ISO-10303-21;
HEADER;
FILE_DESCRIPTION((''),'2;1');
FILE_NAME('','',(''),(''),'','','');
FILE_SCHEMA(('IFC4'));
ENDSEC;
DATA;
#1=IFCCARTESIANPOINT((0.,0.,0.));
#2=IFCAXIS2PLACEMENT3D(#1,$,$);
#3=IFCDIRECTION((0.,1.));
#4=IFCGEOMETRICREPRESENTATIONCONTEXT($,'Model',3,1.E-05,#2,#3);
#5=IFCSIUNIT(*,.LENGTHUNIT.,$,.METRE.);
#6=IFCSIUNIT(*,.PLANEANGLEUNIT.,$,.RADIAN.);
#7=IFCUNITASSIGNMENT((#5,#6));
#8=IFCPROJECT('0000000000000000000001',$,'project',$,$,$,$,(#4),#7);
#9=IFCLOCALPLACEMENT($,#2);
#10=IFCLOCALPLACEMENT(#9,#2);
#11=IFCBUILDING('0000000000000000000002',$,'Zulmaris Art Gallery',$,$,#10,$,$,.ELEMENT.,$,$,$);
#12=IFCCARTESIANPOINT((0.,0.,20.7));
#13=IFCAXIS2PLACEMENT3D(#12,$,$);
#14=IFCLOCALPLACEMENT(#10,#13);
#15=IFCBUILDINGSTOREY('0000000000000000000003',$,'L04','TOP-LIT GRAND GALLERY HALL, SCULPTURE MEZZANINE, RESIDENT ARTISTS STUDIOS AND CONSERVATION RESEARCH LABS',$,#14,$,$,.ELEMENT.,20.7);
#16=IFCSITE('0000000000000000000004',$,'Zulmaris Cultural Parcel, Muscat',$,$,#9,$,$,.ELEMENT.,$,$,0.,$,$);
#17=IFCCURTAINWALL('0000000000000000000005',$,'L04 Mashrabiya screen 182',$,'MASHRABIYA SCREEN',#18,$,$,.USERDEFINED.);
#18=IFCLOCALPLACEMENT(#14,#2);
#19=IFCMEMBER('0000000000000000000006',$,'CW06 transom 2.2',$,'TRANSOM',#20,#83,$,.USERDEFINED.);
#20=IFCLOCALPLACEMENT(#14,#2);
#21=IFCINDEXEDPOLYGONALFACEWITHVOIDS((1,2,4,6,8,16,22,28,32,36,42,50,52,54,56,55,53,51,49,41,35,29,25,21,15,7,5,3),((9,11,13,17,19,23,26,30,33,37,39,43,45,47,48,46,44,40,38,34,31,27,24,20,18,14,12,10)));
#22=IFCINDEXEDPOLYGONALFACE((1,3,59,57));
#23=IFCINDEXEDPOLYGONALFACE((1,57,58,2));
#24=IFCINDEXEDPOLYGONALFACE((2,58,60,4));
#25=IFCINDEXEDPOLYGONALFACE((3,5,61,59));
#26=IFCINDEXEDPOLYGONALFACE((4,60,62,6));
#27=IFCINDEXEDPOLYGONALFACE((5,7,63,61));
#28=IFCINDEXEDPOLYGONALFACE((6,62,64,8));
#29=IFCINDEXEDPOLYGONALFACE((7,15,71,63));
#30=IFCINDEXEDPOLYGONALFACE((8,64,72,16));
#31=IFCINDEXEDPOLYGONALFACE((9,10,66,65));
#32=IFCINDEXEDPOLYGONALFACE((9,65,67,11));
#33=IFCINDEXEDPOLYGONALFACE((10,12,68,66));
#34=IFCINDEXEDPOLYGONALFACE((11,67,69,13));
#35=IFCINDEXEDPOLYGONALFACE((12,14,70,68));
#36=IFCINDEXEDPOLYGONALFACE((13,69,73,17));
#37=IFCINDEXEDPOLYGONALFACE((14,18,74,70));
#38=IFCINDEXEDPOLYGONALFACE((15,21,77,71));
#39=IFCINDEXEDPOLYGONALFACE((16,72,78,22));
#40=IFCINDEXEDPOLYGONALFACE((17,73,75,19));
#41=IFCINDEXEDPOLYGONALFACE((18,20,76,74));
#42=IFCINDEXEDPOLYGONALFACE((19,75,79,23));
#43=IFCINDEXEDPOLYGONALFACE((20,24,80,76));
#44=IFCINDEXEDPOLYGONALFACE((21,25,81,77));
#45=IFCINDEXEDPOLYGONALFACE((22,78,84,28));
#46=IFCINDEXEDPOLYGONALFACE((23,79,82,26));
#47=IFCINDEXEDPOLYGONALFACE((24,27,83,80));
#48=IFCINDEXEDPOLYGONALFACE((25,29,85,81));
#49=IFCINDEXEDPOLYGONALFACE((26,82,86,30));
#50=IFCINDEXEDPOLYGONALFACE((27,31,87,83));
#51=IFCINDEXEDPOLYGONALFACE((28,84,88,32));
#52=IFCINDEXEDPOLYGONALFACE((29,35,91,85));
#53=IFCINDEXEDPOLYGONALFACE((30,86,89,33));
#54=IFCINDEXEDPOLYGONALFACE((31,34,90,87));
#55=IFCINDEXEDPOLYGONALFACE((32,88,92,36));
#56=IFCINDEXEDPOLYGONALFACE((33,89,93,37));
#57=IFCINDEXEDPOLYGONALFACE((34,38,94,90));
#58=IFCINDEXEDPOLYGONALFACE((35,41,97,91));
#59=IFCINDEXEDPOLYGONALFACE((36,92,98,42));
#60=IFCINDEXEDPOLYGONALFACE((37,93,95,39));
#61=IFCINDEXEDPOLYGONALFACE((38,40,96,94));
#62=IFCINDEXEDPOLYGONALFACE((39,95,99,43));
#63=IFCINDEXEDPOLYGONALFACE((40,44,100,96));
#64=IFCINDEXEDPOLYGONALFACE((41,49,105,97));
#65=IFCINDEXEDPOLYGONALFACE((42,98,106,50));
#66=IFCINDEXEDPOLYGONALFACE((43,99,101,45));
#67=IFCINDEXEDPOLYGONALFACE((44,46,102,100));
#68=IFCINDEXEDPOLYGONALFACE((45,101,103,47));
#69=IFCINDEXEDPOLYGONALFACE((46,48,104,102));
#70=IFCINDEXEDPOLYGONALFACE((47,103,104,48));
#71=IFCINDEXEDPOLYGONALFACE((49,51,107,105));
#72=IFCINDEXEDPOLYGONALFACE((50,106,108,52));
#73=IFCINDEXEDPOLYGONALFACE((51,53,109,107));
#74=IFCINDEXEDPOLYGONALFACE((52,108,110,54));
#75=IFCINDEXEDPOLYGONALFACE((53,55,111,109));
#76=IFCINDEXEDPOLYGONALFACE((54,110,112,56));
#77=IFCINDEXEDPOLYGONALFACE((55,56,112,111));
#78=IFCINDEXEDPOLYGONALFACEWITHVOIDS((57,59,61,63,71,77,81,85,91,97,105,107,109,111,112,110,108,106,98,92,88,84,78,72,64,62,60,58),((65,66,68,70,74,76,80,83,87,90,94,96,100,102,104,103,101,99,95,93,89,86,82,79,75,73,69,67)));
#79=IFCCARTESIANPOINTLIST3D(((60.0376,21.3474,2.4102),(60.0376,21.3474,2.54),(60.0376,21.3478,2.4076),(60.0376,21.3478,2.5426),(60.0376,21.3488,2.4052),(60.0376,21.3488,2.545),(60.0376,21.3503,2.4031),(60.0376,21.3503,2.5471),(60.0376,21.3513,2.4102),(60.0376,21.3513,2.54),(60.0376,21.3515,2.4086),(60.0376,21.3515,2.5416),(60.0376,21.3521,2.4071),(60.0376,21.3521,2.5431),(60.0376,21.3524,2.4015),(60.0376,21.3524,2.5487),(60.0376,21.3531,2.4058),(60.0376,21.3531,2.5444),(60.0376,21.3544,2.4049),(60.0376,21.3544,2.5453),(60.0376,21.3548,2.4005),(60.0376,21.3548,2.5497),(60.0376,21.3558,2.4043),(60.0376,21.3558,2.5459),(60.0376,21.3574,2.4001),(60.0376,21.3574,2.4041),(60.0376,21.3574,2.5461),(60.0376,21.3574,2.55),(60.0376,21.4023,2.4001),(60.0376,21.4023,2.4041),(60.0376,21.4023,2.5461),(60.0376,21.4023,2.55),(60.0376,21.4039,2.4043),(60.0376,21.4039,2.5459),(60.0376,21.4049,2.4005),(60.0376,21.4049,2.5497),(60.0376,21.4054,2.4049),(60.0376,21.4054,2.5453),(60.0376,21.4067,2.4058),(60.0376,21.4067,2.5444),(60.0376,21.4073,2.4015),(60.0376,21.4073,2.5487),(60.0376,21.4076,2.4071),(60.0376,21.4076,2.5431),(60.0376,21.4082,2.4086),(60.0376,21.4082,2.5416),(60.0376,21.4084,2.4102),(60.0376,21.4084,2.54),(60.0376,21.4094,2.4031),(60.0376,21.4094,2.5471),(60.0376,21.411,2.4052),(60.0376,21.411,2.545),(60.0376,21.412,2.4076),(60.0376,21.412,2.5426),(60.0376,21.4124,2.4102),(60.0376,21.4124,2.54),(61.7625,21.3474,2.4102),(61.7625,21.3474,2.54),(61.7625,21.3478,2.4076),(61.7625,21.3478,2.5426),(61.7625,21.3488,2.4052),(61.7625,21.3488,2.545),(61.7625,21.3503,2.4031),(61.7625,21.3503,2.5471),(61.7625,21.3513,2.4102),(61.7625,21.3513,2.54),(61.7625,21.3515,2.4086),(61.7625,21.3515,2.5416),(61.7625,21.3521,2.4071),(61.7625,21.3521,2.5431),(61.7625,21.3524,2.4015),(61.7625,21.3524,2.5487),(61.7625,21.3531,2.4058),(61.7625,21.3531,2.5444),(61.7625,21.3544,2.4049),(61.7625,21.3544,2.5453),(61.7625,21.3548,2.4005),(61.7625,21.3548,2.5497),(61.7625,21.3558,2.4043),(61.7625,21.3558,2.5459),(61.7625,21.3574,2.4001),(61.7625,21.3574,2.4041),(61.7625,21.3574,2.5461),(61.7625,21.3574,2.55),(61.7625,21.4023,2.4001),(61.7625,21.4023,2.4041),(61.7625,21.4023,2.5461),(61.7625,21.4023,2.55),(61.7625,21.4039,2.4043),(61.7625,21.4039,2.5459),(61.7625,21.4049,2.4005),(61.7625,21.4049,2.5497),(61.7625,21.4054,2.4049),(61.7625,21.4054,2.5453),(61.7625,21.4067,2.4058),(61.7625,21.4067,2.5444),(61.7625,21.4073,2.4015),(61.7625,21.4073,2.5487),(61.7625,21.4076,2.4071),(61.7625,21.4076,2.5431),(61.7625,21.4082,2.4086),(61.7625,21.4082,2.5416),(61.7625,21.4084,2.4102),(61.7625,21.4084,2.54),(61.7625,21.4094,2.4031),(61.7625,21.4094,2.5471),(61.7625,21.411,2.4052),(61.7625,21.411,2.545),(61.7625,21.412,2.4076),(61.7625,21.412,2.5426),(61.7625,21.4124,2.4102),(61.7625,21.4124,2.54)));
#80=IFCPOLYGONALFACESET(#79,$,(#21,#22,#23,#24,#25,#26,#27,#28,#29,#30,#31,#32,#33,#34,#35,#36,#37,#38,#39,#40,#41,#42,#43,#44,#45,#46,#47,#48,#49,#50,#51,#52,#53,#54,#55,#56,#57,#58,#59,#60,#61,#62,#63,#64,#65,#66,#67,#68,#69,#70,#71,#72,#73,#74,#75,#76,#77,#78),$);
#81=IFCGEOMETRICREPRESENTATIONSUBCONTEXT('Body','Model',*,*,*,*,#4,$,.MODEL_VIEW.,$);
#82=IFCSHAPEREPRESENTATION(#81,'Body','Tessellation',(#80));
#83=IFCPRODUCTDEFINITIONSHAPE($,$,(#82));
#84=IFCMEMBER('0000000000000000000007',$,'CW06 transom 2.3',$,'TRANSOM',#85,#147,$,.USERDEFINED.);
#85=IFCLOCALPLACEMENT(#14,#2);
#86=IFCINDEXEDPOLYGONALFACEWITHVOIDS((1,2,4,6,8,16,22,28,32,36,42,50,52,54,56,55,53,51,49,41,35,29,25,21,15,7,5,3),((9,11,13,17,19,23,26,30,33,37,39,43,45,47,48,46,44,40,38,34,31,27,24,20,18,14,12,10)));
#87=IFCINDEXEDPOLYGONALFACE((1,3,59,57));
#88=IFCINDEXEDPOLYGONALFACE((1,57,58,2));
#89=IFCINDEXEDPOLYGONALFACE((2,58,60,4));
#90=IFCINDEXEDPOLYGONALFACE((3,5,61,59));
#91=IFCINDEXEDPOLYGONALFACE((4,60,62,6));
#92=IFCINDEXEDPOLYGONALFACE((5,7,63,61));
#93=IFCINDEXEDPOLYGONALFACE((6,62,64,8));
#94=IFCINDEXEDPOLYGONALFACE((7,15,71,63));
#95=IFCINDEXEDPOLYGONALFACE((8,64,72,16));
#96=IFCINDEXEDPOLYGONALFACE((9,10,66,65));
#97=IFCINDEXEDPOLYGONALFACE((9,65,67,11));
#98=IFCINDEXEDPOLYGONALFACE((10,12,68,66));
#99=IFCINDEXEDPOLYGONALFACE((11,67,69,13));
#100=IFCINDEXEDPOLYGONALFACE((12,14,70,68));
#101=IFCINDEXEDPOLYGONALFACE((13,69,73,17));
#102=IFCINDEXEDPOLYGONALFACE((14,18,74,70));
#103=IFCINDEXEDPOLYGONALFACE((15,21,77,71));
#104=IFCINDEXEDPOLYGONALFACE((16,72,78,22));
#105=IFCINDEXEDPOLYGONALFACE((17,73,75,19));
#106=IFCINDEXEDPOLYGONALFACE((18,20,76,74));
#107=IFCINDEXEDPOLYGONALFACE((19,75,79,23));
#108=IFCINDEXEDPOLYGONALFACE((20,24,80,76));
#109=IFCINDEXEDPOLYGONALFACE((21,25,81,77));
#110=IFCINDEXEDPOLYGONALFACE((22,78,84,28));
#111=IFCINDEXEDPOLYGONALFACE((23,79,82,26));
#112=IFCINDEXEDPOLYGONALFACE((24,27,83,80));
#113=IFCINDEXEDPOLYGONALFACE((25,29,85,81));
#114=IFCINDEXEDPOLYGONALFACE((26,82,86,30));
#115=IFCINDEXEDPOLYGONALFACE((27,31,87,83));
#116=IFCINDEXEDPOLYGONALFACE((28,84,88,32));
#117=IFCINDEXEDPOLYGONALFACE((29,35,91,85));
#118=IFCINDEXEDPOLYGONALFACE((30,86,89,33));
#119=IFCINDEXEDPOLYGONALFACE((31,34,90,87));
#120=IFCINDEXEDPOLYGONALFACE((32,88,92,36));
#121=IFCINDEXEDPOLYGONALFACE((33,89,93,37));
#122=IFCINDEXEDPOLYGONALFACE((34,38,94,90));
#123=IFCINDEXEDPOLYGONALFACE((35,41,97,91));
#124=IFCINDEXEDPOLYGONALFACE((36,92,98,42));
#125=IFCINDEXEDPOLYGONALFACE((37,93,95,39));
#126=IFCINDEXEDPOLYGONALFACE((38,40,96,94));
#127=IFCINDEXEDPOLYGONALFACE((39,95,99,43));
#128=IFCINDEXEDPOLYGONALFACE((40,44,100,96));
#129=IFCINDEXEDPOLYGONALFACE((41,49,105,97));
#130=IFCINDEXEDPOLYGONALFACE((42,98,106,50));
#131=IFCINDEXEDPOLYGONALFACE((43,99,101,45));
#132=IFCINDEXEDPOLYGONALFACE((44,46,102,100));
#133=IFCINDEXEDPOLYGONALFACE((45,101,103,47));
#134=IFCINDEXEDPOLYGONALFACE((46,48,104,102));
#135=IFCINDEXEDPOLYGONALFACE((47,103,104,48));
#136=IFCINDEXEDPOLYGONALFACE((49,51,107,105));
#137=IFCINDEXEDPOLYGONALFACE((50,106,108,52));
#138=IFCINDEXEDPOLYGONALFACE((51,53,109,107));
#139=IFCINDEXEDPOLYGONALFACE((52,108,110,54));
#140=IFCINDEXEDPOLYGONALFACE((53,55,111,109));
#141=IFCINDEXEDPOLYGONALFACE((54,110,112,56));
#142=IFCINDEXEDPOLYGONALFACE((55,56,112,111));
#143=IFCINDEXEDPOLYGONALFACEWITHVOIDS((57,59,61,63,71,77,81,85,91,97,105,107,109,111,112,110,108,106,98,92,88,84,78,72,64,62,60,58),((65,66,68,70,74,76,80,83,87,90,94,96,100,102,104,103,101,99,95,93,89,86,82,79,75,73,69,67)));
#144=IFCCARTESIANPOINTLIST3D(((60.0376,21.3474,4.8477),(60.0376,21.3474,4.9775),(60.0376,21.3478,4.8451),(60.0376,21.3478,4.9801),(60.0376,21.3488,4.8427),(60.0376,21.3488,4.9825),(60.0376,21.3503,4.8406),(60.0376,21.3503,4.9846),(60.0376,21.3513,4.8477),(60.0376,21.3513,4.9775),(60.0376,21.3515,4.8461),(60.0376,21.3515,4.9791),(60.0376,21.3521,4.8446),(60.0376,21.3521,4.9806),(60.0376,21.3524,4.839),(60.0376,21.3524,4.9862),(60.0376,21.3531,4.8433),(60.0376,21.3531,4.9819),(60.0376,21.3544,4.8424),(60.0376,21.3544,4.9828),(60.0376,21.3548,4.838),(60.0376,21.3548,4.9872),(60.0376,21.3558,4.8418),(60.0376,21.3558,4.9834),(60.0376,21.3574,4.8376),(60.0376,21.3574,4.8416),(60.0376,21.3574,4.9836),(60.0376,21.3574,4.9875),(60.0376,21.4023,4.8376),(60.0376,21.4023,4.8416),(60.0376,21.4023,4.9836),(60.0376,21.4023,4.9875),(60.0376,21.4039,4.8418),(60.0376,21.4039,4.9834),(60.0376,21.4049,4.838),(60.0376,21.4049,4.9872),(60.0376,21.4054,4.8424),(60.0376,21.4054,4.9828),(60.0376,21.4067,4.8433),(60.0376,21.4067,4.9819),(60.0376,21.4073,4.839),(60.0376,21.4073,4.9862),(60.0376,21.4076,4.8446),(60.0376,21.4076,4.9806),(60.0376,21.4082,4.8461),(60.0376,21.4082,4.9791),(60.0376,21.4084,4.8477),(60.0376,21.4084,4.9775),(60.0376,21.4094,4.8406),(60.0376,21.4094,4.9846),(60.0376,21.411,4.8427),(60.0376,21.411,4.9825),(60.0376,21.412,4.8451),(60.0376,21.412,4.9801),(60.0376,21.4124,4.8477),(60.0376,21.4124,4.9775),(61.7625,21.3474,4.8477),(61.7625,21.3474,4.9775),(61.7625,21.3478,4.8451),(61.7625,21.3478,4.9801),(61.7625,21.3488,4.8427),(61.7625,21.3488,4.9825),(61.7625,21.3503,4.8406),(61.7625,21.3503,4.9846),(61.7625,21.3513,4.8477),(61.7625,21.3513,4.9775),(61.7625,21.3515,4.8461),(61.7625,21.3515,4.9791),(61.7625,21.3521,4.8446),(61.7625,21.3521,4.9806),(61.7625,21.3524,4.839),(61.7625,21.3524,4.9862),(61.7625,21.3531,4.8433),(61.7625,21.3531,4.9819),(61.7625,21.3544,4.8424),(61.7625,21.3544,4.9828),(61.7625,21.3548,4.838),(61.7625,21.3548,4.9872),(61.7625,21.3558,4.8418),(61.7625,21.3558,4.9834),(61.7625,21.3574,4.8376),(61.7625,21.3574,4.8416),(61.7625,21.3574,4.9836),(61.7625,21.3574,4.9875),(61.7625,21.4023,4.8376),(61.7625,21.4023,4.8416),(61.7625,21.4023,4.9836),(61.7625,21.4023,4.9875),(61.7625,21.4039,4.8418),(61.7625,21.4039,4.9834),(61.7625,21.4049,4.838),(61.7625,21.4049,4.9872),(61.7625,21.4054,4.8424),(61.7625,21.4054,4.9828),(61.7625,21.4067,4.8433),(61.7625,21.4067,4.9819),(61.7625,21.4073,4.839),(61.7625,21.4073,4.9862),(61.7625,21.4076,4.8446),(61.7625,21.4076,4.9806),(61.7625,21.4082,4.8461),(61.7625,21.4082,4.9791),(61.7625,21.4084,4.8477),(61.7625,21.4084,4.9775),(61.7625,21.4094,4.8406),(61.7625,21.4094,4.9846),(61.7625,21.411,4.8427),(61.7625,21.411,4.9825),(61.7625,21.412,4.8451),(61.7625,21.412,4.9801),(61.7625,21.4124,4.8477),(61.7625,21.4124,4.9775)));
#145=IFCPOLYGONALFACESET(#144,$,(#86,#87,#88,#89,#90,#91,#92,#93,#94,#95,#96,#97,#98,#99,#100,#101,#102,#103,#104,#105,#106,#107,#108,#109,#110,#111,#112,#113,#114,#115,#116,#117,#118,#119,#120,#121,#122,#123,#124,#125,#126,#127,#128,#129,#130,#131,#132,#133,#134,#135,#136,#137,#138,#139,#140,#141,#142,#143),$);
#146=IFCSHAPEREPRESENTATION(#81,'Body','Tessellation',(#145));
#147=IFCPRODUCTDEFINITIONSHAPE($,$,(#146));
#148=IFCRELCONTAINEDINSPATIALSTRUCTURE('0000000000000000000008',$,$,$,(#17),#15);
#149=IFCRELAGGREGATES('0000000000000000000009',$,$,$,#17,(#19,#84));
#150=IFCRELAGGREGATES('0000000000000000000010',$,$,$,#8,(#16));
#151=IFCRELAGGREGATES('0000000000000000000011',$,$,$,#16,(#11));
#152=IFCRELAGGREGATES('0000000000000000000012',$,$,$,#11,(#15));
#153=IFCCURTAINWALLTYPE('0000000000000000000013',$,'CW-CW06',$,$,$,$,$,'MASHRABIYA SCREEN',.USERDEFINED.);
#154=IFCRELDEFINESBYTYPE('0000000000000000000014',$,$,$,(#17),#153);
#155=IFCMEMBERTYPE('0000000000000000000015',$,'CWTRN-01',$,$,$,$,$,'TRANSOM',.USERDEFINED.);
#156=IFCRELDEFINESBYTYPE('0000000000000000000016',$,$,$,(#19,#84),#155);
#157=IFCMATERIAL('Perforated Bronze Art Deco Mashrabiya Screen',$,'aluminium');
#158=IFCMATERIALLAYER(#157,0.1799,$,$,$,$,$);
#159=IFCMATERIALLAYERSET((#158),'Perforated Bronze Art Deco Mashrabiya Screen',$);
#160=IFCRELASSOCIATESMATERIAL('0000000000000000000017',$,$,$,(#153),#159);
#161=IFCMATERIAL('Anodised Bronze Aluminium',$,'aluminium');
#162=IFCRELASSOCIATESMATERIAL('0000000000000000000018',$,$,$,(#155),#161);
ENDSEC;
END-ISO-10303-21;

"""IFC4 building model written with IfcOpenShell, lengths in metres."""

from ifc_helpers import new_model, si_unit, direction, frame, origin, origin_2d, place, context, subcontext, project, spatial, hollow_rectangle, extrude, material, layer, layer_set, material_profile, profile_set, type_object, element, aggregate, save


model = new_model("IFC4")

# Units and contexts
model_context = context("Model", 3, precision=1e-05, world=origin(), true_north=direction((0.0, 1.0)))
body_context = subcontext(model_context, "Body", "Model", "MODEL_VIEW")
ifc_project = project(units=[si_unit("LENGTHUNIT", "METRE"), si_unit("PLANEANGLEUNIT", "RADIAN")], contexts=[model_context])

# Site, building, storey
site_placement = place(None, origin())
site = spatial("IfcSite", under=ifc_project, at=site_placement, Name="Zulmaris Cultural Parcel, Muscat", CompositionType="ELEMENT", RefElevation=0.0)
building_placement = place(site_placement, origin())
building = spatial("IfcBuilding", under=site, at=building_placement, Name="Zulmaris Art Gallery", CompositionType="ELEMENT")
storey_placement = place(building_placement, frame((0.0, 0.0, 20.7)))
storey = spatial("IfcBuildingStorey", under=building, at=storey_placement, Name="L04", Description="TOP-LIT GRAND GALLERY HALL, SCULPTURE MEZZANINE, RESIDENT ARTISTS STUDIOS AND CONSERVATION RESEARCH LABS", CompositionType="ELEMENT", Elevation=20.7)

# Shared definitions
ifc_material_1 = material(Name="Anodised Bronze Aluminium", Category="aluminium")

# Curtain wall
ifc_material_2 = material(Name="Perforated Bronze Art Deco Mashrabiya Screen", Category="aluminium")
ifc_layer_1 = layer(ifc_material_2, 0.1799)
ifc_layer_set_1 = layer_set([ifc_layer_1], Name="Perforated Bronze Art Deco Mashrabiya Screen")
curtain_wall_type_1 = type_object("IfcCurtainWallType", Name="CW-CW06", ElementType="MASHRABIYA SCREEN", PredefinedType="USERDEFINED", material=ifc_layer_set_1)
curtain_wall_1_placement = place(storey_placement, origin())
curtain_wall_1 = element("IfcCurtainWall", 1, at=curtain_wall_1_placement, inside=storey, type_object=curtain_wall_type_1, Name="L04 Mashrabiya screen 182", ObjectType="MASHRABIYA SCREEN", PredefinedType="USERDEFINED")

# Members
ifc_material_profile_1 = material_profile(ifc_material_1, hollow_rectangle(XDim=0.0649, YDim=0.1499, WallThickness=0.0039, InnerFilletRadius=0.0061, OuterFilletRadius=0.01, at=origin_2d()), Name="ALU 65x150x4")
ifc_profile_set_1 = profile_set([ifc_material_profile_1], Name="Anodised Bronze Aluminium")
member_type_1 = type_object("IfcMemberType", Name="CWTRN-01", ElementType="TRANSOM", PredefinedType="USERDEFINED", material=ifc_profile_set_1)
member_1_placement = place(storey_placement, frame((60.0376, 21.3799, 2.4751), z_axis=(1.0, 0.0, 0.0), x_axis=(0.0, 1.0, 0.0)))
member_1 = element("IfcMember", 2, at=member_1_placement, type_object=member_type_1, Name="CW06 transom 2.2", ObjectType="TRANSOM", PredefinedType="USERDEFINED", context=body_context, shape_type="SweptSolid", body=[
    extrude(hollow_rectangle(XDim=0.0649, YDim=0.1499, WallThickness=0.0039, InnerFilletRadius=0.0061, OuterFilletRadius=0.01, at=origin_2d()), origin(), (0.0, 0.0, 1.0), 1.7249),
])
member_2_placement = place(storey_placement, frame((60.0376, 21.3799, 4.9126), z_axis=(1.0, 0.0, 0.0), x_axis=(0.0, 1.0, 0.0)))
member_2 = element("IfcMember", 3, at=member_2_placement, type_object=member_type_1, Name="CW06 transom 2.3", ObjectType="TRANSOM", PredefinedType="USERDEFINED", context=body_context, shape_type="SweptSolid", body=[
    extrude(hollow_rectangle(XDim=0.0649, YDim=0.1499, WallThickness=0.0039, InnerFilletRadius=0.0061, OuterFilletRadius=0.01, at=origin_2d()), origin(), (0.0, 0.0, 1.0), 1.7249),
])

aggregate(curtain_wall_1, [member_1, member_2])

save(model, "model.ifc")
